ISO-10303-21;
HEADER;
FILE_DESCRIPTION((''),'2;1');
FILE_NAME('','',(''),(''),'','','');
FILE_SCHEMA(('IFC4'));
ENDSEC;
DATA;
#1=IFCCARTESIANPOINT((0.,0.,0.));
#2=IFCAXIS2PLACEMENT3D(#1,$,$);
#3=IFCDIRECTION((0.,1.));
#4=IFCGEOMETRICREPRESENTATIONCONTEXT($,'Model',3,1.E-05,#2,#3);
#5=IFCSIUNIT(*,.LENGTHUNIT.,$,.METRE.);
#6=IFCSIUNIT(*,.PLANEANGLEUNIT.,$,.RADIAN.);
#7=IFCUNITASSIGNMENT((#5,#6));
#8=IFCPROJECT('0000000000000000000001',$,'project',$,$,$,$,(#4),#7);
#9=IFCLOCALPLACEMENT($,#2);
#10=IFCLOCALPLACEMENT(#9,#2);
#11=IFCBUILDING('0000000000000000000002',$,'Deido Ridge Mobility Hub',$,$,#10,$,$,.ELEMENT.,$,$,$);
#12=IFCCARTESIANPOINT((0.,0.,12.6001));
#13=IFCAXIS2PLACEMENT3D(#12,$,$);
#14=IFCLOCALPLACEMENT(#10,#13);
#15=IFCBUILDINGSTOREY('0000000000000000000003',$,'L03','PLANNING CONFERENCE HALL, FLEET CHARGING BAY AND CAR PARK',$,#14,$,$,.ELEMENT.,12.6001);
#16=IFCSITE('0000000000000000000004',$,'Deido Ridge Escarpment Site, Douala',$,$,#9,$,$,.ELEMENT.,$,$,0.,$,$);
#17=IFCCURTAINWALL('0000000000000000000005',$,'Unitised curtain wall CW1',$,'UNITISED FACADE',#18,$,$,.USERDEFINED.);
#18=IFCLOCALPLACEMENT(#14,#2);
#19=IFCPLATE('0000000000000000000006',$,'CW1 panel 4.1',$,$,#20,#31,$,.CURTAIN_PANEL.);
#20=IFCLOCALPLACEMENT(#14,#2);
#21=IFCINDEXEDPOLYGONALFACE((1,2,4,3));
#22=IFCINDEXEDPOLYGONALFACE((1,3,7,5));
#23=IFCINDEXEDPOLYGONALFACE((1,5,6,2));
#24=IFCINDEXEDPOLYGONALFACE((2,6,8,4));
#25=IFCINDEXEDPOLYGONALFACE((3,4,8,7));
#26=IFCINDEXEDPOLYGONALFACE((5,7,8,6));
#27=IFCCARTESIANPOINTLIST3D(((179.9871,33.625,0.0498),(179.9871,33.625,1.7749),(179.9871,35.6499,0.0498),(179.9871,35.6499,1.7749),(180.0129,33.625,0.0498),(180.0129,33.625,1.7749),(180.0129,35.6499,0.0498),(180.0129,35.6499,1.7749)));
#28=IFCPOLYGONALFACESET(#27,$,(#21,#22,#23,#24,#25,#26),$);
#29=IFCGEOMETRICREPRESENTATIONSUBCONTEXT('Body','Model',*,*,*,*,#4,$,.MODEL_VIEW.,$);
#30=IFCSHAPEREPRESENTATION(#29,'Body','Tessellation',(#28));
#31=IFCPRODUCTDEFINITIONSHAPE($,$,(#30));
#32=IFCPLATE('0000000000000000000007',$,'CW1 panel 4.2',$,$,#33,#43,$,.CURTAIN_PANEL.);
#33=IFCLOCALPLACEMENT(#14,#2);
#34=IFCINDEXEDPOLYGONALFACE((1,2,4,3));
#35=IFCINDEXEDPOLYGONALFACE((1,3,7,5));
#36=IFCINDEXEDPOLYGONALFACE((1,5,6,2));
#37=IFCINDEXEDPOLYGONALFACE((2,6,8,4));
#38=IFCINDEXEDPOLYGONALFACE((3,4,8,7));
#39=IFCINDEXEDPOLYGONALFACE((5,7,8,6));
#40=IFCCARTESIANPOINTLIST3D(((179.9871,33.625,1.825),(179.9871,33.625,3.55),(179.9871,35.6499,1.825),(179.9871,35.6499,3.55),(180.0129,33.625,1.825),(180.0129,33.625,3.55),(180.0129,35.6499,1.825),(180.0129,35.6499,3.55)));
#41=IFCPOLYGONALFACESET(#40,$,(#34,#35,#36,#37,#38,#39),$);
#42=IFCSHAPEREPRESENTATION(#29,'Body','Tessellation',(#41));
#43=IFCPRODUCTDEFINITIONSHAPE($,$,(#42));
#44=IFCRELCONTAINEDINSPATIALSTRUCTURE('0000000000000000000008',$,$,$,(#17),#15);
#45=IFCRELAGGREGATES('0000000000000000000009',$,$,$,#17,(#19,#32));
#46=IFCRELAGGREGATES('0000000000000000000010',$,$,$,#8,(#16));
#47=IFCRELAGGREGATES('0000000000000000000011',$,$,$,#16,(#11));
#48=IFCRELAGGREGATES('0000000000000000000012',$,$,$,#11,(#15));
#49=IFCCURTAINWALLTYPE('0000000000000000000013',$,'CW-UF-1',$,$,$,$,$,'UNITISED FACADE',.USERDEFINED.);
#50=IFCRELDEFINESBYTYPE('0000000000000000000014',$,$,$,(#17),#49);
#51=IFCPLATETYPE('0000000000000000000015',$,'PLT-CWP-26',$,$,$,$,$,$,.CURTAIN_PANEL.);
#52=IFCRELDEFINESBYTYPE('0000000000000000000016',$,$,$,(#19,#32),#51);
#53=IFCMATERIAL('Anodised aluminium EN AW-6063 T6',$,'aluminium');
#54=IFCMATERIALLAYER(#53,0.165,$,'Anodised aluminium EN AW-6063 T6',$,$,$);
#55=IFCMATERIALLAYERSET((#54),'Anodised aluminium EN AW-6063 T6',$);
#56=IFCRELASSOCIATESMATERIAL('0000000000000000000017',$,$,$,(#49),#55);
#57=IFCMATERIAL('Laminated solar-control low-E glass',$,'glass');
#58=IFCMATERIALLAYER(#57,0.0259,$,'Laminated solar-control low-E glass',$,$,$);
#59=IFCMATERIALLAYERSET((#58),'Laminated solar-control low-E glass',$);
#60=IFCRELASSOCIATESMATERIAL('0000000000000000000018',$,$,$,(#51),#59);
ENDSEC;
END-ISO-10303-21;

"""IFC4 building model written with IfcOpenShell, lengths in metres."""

from ifc_helpers import new_model, si_unit, direction, frame, origin, origin_2d, place, context, subcontext, project, spatial, rectangle, extrude, material, layer, layer_set, type_object, element, aggregate, save


model = new_model("IFC4")

# Units and contexts
model_context = context("Model", 3, precision=1e-05, world=origin(), true_north=direction((0.0, 1.0)))
body_context = subcontext(model_context, "Body", "Model", "MODEL_VIEW")
ifc_project = project(units=[si_unit("LENGTHUNIT", "METRE"), si_unit("PLANEANGLEUNIT", "RADIAN")], contexts=[model_context])

# Site, building, storey
site_placement = place(None, origin())
site = spatial("IfcSite", under=ifc_project, at=site_placement, Name="Deido Ridge Escarpment Site, Douala", CompositionType="ELEMENT", RefElevation=0.0)
building_placement = place(site_placement, origin())
building = spatial("IfcBuilding", under=site, at=building_placement, Name="Deido Ridge Mobility Hub", CompositionType="ELEMENT")
storey_placement = place(building_placement, frame((0.0, 0.0, 12.6001)))
storey = spatial("IfcBuildingStorey", under=building, at=storey_placement, Name="L03", Description="PLANNING CONFERENCE HALL, FLEET CHARGING BAY AND CAR PARK", CompositionType="ELEMENT", Elevation=12.6001)

# Curtain wall
ifc_material_1 = material(Name="Anodised aluminium EN AW-6063 T6", Category="aluminium")
ifc_layer_1 = layer(ifc_material_1, 0.165, Name="Anodised aluminium EN AW-6063 T6")
ifc_layer_set_1 = layer_set([ifc_layer_1], Name="Anodised aluminium EN AW-6063 T6")
curtain_wall_type = type_object("IfcCurtainWallType", Name="CW-UF-1", ElementType="UNITISED FACADE", PredefinedType="USERDEFINED", material=ifc_layer_set_1)
curtain_wall_placement = place(storey_placement, origin())
curtain_wall = element("IfcCurtainWall", 1, at=curtain_wall_placement, inside=storey, type_object=curtain_wall_type, Name="Unitised curtain wall CW1", ObjectType="UNITISED FACADE", PredefinedType="USERDEFINED")

# Plates
ifc_material_2 = material(Name="Laminated solar-control low-E glass", Category="glass")
ifc_layer_2 = layer(ifc_material_2, 0.0259, Name="Laminated solar-control low-E glass")
ifc_layer_set_2 = layer_set([ifc_layer_2], Name="Laminated solar-control low-E glass")
plate_type = type_object("IfcPlateType", Name="PLT-CWP-26", PredefinedType="CURTAIN_PANEL", material=ifc_layer_set_2)
plate_1_placement = place(storey_placement, frame((180.0, 34.6375, 0.0498), z_axis=(0.0, 0.0, 1.0), x_axis=(0.0, 1.0, 0.0)))
plate_1 = element("IfcPlate", 2, at=plate_1_placement, type_object=plate_type, Name="CW1 panel 4.1", PredefinedType="CURTAIN_PANEL", context=body_context, shape_type="SweptSolid", body=[
    extrude(rectangle(XDim=2.0249, YDim=0.0259, at=origin_2d()), origin(), (0.0, 0.0, 1.0), 1.7251),
])
plate_2_placement = place(storey_placement, frame((180.0, 34.6375, 1.825), z_axis=(0.0, 0.0, 1.0), x_axis=(0.0, 1.0, 0.0)))
plate_2 = element("IfcPlate", 3, at=plate_2_placement, type_object=plate_type, Name="CW1 panel 4.2", PredefinedType="CURTAIN_PANEL", context=body_context, shape_type="SweptSolid", body=[
    extrude(rectangle(XDim=2.0249, YDim=0.0259, at=origin_2d()), origin(), (0.0, 0.0, 1.0), 1.7251),
])
aggregate(curtain_wall, [plate_1, plate_2])

save(model, "model.ifc")
